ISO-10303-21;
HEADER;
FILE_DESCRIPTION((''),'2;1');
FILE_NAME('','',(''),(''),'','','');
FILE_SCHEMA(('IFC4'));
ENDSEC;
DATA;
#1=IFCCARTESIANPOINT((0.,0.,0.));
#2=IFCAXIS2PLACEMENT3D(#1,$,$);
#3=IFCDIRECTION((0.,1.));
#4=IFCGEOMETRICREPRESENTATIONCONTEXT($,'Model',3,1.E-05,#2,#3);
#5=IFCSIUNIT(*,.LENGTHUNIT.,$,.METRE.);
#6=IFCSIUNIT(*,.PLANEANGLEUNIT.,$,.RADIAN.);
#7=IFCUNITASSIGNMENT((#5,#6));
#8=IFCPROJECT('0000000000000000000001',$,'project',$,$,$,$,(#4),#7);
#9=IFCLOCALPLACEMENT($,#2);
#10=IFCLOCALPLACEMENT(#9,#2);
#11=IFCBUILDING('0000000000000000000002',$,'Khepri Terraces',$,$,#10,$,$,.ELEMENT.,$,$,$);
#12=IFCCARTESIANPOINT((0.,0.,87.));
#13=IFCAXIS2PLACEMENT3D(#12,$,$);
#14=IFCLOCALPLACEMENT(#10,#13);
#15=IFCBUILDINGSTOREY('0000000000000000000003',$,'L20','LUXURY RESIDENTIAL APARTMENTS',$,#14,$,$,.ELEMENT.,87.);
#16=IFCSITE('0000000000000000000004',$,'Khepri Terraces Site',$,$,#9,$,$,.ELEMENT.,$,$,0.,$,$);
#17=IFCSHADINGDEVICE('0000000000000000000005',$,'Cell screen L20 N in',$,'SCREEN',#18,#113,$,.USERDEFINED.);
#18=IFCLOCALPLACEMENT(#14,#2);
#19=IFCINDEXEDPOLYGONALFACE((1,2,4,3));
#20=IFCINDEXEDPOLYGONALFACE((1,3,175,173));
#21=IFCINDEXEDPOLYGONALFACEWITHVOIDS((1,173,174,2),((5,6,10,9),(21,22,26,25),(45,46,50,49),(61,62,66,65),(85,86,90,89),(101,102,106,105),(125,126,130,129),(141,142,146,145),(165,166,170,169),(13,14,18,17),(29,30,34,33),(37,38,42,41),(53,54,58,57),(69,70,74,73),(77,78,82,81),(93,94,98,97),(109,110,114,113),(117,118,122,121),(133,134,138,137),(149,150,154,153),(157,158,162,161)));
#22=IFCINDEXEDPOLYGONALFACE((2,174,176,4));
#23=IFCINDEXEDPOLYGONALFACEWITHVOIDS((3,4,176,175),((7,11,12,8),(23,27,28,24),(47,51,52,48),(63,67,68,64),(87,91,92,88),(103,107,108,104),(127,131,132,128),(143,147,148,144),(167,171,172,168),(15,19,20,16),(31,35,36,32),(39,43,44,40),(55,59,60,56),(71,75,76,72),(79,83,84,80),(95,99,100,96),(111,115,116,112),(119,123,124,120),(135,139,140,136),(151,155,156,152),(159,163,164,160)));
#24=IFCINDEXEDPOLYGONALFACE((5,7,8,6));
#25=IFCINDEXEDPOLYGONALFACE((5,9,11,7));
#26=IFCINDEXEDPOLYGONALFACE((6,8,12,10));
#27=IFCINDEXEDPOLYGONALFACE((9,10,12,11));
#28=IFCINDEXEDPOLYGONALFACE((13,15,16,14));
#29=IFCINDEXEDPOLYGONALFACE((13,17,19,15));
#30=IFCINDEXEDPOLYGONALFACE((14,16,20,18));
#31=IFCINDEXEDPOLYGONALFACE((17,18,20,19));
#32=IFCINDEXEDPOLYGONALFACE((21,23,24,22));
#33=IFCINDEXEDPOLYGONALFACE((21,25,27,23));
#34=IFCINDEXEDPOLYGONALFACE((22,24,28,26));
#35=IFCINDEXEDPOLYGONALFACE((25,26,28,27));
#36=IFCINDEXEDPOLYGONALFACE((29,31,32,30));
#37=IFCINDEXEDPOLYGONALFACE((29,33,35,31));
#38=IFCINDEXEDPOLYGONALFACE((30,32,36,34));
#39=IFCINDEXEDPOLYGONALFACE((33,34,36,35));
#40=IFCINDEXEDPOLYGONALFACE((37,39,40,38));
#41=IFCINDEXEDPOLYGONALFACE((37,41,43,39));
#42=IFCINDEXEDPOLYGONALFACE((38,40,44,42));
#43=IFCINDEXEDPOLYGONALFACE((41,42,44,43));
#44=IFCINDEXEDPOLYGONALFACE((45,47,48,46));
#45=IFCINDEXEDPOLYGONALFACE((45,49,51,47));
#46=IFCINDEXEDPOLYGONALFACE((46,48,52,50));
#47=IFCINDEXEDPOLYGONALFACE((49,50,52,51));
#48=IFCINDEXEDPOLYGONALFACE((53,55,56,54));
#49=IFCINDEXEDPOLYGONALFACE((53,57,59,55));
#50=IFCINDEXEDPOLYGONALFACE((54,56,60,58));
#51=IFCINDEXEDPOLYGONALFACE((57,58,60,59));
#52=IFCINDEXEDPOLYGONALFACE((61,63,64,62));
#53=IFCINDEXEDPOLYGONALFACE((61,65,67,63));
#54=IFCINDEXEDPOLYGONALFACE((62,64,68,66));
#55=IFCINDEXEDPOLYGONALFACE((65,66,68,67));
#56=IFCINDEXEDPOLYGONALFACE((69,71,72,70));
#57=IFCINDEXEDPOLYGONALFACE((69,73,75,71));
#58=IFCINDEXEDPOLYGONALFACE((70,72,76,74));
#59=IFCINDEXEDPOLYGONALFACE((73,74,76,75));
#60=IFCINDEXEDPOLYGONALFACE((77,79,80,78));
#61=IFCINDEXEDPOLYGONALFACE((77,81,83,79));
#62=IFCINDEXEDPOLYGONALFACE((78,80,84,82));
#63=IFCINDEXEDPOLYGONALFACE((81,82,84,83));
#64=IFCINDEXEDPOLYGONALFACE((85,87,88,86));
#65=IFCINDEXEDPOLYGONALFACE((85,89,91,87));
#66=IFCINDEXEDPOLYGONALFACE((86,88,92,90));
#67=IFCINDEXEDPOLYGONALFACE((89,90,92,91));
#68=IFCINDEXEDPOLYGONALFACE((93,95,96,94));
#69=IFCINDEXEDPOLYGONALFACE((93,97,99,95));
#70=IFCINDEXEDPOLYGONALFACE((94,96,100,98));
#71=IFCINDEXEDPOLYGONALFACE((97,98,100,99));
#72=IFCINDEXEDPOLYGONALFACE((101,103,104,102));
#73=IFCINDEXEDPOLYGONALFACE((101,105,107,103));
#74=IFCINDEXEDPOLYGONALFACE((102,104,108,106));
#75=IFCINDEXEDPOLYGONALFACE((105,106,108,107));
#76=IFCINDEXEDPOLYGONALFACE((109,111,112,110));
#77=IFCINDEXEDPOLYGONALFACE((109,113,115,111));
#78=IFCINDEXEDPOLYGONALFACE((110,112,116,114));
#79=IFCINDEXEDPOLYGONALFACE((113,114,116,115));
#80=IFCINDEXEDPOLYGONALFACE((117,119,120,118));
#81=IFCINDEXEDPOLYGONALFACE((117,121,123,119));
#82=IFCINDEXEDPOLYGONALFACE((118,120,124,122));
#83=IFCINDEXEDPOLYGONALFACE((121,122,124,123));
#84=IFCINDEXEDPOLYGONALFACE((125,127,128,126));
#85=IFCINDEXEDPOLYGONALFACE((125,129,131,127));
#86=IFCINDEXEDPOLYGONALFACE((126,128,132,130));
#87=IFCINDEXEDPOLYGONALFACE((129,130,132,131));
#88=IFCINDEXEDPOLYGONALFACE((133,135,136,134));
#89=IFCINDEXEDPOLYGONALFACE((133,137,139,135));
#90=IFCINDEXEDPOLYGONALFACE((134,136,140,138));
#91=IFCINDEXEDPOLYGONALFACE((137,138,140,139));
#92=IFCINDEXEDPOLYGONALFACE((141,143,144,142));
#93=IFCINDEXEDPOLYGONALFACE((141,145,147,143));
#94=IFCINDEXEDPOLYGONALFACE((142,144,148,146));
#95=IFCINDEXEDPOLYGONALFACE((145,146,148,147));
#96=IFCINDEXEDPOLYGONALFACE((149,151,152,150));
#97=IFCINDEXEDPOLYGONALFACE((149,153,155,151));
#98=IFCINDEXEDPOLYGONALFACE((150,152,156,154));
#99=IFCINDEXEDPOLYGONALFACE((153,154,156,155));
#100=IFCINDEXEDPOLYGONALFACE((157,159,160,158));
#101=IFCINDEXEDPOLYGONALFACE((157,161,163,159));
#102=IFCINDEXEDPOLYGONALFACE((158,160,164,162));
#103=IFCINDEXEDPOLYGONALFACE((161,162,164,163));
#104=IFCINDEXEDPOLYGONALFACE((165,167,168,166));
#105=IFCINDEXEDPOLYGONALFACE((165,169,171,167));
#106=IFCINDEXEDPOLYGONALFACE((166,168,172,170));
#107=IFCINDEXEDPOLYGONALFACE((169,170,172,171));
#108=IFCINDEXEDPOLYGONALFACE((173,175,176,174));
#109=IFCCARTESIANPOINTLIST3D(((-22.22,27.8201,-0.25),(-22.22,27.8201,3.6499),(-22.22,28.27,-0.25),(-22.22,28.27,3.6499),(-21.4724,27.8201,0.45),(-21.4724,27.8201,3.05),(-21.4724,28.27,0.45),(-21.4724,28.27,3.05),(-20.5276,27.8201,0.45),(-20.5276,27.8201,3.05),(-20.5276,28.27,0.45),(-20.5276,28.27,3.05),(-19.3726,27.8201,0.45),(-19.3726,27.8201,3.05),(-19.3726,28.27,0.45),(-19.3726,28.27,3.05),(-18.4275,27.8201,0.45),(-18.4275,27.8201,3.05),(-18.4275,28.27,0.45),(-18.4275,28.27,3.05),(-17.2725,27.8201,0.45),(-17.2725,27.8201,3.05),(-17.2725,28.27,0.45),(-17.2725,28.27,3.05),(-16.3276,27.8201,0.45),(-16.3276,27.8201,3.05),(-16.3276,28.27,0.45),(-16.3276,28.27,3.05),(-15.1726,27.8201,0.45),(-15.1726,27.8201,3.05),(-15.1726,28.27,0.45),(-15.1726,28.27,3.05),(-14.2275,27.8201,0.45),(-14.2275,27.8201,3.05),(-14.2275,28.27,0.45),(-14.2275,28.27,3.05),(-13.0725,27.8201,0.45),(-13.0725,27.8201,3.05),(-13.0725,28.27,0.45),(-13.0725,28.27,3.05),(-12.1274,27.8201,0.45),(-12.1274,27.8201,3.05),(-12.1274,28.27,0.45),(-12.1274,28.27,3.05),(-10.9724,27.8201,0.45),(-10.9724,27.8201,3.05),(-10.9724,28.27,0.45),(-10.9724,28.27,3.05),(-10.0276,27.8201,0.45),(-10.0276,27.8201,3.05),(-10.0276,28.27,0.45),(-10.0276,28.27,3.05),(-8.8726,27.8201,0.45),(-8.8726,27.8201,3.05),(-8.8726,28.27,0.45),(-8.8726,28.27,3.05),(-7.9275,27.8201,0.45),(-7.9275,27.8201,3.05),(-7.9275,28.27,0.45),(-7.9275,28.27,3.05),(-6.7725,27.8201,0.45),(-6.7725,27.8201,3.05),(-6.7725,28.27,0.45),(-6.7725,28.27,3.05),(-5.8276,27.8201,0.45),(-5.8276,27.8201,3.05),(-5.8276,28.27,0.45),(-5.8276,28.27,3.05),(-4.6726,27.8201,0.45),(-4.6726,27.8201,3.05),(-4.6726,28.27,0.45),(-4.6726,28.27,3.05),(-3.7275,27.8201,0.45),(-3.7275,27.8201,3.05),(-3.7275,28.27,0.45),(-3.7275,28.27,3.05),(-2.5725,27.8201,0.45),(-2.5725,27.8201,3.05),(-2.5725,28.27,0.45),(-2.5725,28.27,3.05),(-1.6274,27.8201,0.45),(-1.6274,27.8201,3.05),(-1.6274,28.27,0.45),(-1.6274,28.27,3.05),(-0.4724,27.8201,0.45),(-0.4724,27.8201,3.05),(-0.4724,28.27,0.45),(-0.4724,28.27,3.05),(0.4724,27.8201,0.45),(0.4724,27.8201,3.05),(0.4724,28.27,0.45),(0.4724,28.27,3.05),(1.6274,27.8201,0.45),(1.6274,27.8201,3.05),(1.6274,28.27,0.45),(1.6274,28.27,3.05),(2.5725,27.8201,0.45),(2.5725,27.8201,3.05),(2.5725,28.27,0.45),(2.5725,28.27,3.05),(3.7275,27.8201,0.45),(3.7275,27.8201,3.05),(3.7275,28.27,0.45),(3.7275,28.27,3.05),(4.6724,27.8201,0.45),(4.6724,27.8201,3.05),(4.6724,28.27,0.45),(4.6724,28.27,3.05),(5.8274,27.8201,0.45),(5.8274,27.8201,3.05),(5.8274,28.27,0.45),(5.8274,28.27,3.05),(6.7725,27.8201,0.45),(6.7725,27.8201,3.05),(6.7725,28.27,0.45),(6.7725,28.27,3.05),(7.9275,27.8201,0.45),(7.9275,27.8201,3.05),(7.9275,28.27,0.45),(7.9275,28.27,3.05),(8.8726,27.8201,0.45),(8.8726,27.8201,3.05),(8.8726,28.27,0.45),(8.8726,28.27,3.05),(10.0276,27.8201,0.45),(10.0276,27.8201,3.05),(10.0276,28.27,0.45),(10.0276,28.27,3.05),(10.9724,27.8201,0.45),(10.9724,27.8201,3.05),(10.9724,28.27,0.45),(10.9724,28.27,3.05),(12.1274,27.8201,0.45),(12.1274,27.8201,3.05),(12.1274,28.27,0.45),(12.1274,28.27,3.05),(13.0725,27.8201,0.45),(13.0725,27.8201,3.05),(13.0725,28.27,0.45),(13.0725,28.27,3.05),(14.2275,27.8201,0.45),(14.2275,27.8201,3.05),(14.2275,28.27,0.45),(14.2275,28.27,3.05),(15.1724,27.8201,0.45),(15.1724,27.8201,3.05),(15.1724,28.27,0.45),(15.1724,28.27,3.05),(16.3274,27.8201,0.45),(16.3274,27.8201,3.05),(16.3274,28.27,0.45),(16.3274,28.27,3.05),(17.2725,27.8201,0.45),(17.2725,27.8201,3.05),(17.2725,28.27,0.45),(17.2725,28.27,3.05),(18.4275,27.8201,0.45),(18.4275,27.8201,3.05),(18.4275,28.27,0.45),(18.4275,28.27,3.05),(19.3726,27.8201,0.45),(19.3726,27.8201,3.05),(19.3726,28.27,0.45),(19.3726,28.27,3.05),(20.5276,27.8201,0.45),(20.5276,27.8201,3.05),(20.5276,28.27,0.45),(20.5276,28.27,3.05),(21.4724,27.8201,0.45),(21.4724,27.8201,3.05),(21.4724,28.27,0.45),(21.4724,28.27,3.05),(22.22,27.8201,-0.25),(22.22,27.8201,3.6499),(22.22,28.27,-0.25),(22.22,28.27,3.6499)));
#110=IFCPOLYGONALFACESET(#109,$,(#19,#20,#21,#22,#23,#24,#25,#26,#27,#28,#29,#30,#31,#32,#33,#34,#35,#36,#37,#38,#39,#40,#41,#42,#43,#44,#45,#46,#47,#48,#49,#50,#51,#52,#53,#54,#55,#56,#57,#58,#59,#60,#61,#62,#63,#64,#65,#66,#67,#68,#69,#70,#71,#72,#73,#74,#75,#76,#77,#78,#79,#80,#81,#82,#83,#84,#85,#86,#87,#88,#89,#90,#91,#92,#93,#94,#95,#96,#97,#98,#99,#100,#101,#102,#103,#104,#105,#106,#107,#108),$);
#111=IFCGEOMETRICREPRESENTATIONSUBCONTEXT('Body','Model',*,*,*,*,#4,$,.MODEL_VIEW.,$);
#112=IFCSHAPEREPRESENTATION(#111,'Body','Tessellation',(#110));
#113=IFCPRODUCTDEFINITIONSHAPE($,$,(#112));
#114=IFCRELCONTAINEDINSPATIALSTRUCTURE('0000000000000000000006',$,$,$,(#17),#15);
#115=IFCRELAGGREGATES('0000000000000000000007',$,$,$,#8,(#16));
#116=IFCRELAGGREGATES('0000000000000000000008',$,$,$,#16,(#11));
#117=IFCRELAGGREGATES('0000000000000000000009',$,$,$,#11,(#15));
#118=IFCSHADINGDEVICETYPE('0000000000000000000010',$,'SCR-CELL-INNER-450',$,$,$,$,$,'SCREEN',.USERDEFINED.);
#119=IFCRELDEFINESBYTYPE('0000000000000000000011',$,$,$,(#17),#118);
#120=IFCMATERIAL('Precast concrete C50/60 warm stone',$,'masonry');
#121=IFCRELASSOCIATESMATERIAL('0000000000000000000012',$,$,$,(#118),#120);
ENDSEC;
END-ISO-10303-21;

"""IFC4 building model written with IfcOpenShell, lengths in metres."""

from ifc_helpers import new_model, si_unit, direction, frame, origin, place, context, subcontext, project, spatial, polyline, outline, extrude, material, type_object, element, save


model = new_model("IFC4")

# Units and contexts
model_context = context("Model", 3, precision=1e-05, world=origin(), true_north=direction((0.0, 1.0)))
body_context = subcontext(model_context, "Body", "Model", "MODEL_VIEW")
ifc_project = project(units=[si_unit("LENGTHUNIT", "METRE"), si_unit("PLANEANGLEUNIT", "RADIAN")], contexts=[model_context])

# Site, building, storey
site_placement = place(None, origin())
site = spatial("IfcSite", under=ifc_project, at=site_placement, Name="Khepri Terraces Site", CompositionType="ELEMENT", RefElevation=0.0)
building_placement = place(site_placement, origin())
building = spatial("IfcBuilding", under=site, at=building_placement, Name="Khepri Terraces", CompositionType="ELEMENT")
storey_placement = place(building_placement, frame((0.0, 0.0, 87.0)))
storey = spatial("IfcBuildingStorey", under=building, at=storey_placement, Name="L20", Description="LUXURY RESIDENTIAL APARTMENTS", CompositionType="ELEMENT", Elevation=87.0)

# Shared definitions
ifc_material_1 = material(Name="Precast concrete C50/60 warm stone", Category="masonry")

# Shading device
shading_device_type_1 = type_object("IfcShadingDeviceType", Name="SCR-CELL-INNER-450", ElementType="SCREEN", PredefinedType="USERDEFINED", material=ifc_material_1)
shading_device_1_placement = place(storey_placement, frame((22.22, 27.8201, -0.25), z_axis=(0.0, 1.0, 0.0), x_axis=(-1.0, 0.0, 0.0)))
element("IfcShadingDevice", 1, at=shading_device_1_placement, inside=storey, type_object=shading_device_type_1, Name="Cell screen L20 N in", ObjectType="SCREEN", PredefinedType="USERDEFINED", context=body_context, shape_type="SweptSolid", body=[
    extrude(outline(polyline([(0.0, 0.0), (44.4399, 0.0), (44.4399, 3.8999), (0.0, 3.8999), (0.0, 0.0)]), holes=[polyline([(0.7476, 0.7), (1.6924, 0.7), (1.6924, 3.3), (0.7476, 3.3), (0.7476, 0.7)]), polyline([(2.8474, 0.7), (3.7925, 0.7), (3.7925, 3.3), (2.8474, 3.3), (2.8474, 0.7)]), polyline([(4.9475, 0.7), (5.8926, 0.7), (5.8926, 3.3), (4.9475, 3.3), (4.9475, 0.7)]), polyline([(7.0476, 0.7), (7.9924, 0.7), (7.9924, 3.3), (7.0476, 3.3), (7.0476, 0.7)]), polyline([(9.1475, 0.7), (10.0925, 0.7), (10.0925, 3.3), (9.1475, 3.3), (9.1475, 0.7)]), polyline([(11.2476, 0.7), (12.1924, 0.7), (12.1924, 3.3), (11.2476, 3.3), (11.2476, 0.7)]), polyline([(13.3474, 0.7), (14.2925, 0.7), (14.2925, 3.3), (13.3474, 3.3), (13.3474, 0.7)]), polyline([(15.4475, 0.7), (16.3926, 0.7), (16.3926, 3.3), (15.4475, 3.3), (15.4475, 0.7)]), polyline([(17.5476, 0.7), (18.4924, 0.7), (18.4924, 3.3), (17.5476, 3.3), (17.5476, 0.7)]), polyline([(19.6475, 0.7), (20.5925, 0.7), (20.5925, 3.3), (19.6475, 3.3), (19.6475, 0.7)]), polyline([(21.7476, 0.7), (22.6924, 0.7), (22.6924, 3.3), (21.7476, 3.3), (21.7476, 0.7)]), polyline([(23.8474, 0.7), (24.7925, 0.7), (24.7925, 3.3), (23.8474, 3.3), (23.8474, 0.7)]), polyline([(25.9475, 0.7), (26.8926, 0.7), (26.8926, 3.3), (25.9475, 3.3), (25.9475, 0.7)]), polyline([(28.0476, 0.7), (28.9924, 0.7), (28.9924, 3.3), (28.0476, 3.3), (28.0476, 0.7)]), polyline([(30.1475, 0.7), (31.0925, 0.7), (31.0925, 3.3), (30.1475, 3.3), (30.1475, 0.7)]), polyline([(32.2476, 0.7), (33.1924, 0.7), (33.1924, 3.3), (32.2476, 3.3), (32.2476, 0.7)]), polyline([(34.3474, 0.7), (35.2925, 0.7), (35.2925, 3.3), (34.3474, 3.3), (34.3474, 0.7)]), polyline([(36.4475, 0.7), (37.3926, 0.7), (37.3926, 3.3), (36.4475, 3.3), (36.4475, 0.7)]), polyline([(38.5476, 0.7), (39.4924, 0.7), (39.4924, 3.3), (38.5476, 3.3), (38.5476, 0.7)]), polyline([(40.6475, 0.7), (41.5925, 0.7), (41.5925, 3.3), (40.6475, 3.3), (40.6475, 0.7)]), polyline([(42.7476, 0.7), (43.6924, 0.7), (43.6924, 3.3), (42.7476, 3.3), (42.7476, 0.7)])]), origin(), (0.0, 0.0, 1.0), 0.45),
])

save(model, "model.ifc")
